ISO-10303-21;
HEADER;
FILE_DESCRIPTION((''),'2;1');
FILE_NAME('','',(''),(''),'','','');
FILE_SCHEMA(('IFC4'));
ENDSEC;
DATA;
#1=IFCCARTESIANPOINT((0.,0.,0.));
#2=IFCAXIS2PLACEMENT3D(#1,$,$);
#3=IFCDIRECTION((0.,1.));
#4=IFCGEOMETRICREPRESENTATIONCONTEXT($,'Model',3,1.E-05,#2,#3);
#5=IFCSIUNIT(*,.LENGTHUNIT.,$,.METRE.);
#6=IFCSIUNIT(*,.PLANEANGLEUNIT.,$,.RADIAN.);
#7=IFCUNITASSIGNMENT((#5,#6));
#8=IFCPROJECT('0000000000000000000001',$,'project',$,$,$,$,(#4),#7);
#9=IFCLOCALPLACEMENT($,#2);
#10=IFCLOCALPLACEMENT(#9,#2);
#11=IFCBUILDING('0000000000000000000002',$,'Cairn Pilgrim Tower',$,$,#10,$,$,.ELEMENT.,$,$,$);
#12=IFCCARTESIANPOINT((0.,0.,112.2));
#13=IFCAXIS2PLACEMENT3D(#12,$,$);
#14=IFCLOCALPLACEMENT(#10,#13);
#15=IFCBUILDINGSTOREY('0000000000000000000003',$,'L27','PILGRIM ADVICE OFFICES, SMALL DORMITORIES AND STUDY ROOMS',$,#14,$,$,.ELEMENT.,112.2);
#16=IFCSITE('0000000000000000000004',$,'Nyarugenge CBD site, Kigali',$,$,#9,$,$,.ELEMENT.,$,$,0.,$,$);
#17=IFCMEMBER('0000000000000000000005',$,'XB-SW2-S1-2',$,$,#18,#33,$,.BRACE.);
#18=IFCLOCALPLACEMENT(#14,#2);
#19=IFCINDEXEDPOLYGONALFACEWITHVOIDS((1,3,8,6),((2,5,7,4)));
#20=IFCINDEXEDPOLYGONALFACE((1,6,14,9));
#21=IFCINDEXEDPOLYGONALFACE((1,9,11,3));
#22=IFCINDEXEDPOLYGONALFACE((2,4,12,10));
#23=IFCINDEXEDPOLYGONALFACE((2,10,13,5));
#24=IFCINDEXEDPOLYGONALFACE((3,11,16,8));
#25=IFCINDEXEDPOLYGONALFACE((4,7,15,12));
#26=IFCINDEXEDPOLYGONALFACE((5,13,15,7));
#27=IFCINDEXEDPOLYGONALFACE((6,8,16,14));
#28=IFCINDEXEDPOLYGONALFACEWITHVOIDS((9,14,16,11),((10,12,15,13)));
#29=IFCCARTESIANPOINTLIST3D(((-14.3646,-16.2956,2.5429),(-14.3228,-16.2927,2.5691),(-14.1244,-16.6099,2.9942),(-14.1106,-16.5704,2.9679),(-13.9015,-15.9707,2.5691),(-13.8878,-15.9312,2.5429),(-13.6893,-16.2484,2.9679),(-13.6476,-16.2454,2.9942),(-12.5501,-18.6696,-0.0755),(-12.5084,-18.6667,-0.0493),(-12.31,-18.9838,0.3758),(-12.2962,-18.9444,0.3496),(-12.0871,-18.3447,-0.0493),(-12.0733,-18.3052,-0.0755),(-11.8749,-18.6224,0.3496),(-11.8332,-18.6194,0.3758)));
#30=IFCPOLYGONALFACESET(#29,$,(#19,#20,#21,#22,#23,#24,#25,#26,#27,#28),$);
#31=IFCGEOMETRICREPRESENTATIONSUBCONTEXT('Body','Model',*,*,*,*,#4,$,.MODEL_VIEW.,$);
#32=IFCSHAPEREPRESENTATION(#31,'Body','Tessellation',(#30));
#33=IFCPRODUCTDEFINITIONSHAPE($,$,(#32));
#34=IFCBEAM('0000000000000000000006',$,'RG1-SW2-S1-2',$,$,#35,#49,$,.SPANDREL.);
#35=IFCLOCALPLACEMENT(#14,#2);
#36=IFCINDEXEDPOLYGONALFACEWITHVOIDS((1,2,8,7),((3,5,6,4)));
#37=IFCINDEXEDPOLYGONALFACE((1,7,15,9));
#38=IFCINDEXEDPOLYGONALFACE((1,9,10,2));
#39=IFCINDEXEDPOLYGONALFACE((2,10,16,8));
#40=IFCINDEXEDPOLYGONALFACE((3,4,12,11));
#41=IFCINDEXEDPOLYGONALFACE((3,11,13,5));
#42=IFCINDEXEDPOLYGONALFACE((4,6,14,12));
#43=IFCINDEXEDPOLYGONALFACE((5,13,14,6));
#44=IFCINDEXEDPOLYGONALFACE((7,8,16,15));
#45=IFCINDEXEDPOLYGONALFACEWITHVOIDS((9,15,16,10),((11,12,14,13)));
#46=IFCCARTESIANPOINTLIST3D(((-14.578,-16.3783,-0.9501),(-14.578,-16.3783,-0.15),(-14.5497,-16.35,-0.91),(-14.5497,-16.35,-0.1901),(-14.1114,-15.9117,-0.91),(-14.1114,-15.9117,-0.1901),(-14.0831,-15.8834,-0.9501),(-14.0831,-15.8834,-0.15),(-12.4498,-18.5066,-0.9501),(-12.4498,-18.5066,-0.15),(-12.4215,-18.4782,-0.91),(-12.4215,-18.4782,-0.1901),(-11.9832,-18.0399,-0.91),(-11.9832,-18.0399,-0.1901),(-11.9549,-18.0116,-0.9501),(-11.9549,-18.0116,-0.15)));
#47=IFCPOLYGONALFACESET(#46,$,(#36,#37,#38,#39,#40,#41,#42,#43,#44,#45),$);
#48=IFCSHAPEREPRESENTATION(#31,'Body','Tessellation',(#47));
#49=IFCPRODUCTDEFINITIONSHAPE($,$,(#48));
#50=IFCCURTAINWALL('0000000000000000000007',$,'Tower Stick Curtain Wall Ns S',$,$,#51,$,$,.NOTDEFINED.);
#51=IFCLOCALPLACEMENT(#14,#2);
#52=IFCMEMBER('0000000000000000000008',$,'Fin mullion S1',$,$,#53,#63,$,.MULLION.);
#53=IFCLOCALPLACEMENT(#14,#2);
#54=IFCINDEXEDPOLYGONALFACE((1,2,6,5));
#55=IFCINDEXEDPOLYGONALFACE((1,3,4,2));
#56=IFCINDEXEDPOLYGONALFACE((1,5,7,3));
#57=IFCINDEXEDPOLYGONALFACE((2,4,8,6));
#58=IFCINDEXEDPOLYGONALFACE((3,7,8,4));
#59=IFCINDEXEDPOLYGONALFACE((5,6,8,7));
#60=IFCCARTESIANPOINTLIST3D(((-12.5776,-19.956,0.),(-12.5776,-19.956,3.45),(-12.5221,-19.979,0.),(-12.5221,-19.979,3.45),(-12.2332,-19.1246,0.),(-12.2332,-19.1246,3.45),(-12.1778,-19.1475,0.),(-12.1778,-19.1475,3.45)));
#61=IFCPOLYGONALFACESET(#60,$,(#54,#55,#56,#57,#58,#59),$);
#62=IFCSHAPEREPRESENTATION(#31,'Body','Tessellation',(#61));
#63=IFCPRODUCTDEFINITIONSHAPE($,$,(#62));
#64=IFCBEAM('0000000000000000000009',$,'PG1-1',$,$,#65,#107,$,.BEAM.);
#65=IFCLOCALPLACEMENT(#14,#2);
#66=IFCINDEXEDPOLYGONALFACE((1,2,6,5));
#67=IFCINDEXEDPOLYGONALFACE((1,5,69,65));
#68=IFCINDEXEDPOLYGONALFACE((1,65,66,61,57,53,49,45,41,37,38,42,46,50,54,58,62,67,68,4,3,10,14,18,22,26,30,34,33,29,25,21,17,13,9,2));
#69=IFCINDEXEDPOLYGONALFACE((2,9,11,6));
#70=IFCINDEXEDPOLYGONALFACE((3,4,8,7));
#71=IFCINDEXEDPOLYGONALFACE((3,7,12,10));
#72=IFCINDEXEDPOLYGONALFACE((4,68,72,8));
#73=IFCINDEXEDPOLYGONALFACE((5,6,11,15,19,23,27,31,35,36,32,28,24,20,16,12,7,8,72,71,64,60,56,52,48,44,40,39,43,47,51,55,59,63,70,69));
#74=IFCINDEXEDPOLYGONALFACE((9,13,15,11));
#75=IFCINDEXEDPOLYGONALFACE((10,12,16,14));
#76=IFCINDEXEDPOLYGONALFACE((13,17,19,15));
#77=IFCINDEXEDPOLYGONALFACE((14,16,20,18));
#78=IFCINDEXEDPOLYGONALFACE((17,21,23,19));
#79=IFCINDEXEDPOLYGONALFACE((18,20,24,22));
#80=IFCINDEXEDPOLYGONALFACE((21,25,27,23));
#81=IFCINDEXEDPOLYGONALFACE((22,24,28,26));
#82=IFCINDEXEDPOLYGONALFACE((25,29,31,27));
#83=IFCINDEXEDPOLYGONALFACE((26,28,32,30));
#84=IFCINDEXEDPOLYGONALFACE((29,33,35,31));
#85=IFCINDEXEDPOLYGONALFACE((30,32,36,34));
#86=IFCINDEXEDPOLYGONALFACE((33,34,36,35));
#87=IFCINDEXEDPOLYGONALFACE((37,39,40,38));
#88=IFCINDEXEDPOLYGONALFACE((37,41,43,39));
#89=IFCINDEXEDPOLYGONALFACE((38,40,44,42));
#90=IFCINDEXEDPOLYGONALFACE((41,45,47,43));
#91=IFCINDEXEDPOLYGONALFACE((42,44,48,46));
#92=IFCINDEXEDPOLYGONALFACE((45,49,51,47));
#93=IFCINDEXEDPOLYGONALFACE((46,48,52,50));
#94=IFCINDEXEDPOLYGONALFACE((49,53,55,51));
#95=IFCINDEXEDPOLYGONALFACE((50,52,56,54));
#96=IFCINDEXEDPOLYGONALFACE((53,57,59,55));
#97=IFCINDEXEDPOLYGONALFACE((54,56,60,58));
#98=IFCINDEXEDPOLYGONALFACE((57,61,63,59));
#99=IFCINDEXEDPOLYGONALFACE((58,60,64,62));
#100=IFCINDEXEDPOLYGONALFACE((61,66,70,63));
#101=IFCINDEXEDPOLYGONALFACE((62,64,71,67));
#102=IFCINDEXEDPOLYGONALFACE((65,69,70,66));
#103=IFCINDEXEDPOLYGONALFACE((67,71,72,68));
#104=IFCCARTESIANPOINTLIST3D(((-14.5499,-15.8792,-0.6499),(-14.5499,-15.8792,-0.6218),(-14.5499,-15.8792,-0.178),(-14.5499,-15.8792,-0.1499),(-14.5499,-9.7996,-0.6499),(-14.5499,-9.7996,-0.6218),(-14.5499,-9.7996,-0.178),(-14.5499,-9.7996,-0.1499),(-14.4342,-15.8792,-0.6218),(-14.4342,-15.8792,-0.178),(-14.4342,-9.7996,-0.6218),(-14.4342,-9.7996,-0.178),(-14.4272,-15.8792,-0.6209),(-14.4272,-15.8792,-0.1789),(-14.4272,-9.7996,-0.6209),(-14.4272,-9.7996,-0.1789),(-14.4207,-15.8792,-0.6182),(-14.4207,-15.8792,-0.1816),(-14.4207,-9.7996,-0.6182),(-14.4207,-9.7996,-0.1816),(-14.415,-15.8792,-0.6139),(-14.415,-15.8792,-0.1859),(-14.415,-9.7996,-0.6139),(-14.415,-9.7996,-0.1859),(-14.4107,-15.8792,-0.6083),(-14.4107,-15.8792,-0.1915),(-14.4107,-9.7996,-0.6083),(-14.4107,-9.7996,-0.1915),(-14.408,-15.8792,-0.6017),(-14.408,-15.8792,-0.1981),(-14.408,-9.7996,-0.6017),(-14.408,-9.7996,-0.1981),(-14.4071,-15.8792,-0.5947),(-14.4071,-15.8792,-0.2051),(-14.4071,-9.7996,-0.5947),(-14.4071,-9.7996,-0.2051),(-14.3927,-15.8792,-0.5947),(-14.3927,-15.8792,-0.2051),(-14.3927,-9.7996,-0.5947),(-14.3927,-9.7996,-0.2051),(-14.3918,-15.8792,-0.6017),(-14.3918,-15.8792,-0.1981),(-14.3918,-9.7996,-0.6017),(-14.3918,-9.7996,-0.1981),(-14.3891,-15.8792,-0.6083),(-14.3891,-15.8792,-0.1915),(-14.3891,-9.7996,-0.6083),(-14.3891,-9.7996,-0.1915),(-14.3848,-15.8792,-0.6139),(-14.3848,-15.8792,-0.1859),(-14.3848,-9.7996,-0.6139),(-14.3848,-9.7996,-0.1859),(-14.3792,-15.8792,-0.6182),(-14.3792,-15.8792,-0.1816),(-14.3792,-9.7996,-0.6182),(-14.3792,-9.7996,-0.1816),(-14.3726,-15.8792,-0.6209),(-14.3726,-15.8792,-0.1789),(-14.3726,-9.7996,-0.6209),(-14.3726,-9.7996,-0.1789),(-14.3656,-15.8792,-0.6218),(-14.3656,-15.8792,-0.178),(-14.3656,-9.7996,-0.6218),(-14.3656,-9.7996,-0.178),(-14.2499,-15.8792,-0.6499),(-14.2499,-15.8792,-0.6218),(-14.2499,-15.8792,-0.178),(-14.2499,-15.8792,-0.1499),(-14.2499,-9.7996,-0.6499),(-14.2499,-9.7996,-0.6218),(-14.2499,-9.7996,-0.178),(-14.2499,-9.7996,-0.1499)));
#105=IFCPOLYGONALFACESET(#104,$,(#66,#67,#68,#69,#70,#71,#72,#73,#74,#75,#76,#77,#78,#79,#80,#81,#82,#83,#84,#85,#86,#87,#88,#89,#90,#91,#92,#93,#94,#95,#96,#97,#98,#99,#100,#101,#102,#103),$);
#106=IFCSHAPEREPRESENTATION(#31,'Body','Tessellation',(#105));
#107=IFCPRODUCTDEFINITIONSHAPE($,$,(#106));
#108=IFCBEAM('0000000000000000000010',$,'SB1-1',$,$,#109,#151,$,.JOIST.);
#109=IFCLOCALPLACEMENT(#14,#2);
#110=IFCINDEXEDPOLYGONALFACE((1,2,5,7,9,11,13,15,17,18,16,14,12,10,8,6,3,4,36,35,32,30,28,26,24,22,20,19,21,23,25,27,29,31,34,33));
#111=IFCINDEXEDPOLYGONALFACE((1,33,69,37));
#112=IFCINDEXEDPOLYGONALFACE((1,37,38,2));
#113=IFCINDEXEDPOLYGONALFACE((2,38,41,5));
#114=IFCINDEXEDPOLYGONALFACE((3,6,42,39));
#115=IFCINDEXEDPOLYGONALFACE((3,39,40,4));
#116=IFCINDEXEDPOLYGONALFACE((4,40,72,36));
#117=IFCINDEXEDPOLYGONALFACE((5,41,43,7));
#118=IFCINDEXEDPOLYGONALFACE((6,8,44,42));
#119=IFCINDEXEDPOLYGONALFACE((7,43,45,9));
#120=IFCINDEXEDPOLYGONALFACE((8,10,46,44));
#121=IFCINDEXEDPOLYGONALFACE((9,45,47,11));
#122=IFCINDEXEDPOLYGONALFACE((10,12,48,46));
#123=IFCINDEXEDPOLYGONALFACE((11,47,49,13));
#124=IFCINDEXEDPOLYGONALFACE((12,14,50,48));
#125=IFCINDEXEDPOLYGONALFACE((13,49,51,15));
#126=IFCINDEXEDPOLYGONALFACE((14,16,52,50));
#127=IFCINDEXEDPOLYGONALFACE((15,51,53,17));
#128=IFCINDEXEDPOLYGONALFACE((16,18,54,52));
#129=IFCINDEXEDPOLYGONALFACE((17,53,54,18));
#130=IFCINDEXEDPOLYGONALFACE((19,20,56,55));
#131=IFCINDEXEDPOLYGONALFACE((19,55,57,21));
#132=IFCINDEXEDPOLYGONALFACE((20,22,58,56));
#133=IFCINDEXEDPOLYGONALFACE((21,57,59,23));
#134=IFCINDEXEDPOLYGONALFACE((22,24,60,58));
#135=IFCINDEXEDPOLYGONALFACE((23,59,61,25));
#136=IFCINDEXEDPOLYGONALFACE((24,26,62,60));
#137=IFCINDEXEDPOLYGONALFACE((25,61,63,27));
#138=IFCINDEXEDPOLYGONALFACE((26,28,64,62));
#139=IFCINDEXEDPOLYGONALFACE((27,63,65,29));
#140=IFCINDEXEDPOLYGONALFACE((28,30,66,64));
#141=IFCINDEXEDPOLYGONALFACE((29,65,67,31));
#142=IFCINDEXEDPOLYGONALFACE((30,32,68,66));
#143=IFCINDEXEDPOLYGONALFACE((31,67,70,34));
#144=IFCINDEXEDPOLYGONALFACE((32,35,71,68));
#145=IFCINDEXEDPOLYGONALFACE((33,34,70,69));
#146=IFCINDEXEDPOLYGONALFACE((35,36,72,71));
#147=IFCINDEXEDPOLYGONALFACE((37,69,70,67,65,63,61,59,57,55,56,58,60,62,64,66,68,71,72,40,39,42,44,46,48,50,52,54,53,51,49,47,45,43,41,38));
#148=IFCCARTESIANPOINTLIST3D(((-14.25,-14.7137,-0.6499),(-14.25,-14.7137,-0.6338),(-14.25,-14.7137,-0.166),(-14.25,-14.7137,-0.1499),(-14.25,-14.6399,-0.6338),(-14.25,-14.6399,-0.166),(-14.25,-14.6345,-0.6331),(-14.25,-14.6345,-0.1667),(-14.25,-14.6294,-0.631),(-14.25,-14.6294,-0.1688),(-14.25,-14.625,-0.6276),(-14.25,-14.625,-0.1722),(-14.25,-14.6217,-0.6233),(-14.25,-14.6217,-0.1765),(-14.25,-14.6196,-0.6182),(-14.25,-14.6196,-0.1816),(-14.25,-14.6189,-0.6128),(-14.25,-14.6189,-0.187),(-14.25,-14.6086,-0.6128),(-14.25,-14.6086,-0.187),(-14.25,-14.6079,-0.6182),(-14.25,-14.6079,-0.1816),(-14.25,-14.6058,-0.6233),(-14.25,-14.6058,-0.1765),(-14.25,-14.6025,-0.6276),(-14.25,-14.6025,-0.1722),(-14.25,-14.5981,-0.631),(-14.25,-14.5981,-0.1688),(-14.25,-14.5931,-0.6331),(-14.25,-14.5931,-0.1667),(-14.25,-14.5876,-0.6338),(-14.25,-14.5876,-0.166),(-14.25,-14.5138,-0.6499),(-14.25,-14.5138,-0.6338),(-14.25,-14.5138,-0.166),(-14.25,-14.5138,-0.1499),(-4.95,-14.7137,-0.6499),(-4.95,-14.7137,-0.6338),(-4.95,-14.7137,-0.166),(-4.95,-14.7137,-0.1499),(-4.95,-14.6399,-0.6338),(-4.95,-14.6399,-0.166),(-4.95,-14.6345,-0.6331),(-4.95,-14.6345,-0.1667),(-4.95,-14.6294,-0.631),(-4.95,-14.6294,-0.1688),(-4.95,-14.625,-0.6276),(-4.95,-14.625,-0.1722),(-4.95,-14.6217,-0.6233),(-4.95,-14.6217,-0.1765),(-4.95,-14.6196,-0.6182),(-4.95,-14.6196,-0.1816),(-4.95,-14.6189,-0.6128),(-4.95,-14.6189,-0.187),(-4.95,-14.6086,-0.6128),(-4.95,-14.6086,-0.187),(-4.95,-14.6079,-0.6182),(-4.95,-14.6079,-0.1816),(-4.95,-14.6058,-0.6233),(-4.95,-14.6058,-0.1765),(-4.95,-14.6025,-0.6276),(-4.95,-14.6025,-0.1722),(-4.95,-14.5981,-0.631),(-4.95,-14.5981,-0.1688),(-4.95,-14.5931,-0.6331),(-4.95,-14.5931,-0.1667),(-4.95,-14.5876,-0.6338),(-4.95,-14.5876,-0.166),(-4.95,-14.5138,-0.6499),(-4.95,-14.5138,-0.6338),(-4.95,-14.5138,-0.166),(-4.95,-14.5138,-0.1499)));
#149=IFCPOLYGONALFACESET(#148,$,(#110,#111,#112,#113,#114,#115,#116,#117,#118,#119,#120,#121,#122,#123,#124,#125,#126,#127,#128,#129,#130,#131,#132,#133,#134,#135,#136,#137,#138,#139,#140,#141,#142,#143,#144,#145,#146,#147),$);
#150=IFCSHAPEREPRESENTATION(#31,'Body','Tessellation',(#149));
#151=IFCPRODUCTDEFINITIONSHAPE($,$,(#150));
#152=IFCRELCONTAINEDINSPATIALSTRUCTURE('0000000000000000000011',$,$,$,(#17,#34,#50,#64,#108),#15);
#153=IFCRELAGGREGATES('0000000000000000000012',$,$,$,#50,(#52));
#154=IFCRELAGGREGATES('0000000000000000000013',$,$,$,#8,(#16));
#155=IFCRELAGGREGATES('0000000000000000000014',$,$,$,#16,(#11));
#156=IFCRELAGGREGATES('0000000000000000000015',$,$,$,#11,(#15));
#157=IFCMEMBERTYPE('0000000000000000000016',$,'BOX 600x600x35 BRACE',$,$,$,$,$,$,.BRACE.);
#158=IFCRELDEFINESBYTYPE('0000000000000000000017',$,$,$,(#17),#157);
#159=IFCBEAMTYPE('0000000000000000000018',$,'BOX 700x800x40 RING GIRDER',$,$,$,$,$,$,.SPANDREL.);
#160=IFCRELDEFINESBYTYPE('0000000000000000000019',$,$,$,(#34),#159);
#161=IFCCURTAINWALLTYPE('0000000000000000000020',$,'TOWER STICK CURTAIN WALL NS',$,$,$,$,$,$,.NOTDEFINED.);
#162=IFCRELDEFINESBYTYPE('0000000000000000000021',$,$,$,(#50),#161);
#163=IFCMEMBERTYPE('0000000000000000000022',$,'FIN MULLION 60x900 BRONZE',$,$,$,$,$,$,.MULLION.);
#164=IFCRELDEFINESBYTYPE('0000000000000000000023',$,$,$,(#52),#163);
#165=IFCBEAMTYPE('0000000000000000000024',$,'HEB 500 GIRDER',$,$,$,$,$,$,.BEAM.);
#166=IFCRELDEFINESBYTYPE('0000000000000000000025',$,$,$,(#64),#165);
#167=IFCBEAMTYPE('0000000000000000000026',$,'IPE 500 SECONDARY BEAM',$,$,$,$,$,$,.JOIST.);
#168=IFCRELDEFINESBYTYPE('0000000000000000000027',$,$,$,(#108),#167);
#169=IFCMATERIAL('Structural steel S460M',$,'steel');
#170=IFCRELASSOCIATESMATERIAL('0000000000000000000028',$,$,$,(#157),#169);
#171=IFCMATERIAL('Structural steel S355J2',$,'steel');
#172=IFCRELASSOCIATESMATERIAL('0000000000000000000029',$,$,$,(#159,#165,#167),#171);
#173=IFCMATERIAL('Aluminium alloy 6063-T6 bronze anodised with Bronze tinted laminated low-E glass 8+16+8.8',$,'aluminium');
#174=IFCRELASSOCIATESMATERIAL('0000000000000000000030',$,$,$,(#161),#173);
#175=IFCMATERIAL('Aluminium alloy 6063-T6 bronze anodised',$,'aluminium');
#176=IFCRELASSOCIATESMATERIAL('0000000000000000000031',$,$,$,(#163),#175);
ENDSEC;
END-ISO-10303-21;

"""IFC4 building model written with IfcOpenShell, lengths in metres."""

from ifc_helpers import new_model, si_unit, direction, frame, origin, origin_2d, place, context, subcontext, project, spatial, rectangle, hollow_rectangle, i_section, extrude, material, material_profile, profile_set, type_object, element, aggregate, save


model = new_model("IFC4")

# Units and contexts
model_context = context("Model", 3, precision=1e-05, world=origin(), true_north=direction((0.0, 1.0)))
body_context = subcontext(model_context, "Body", "Model", "MODEL_VIEW")
ifc_project = project(units=[si_unit("LENGTHUNIT", "METRE"), si_unit("PLANEANGLEUNIT", "RADIAN")], contexts=[model_context])

# Site, building, storey
site_placement = place(None, origin())
site = spatial("IfcSite", under=ifc_project, at=site_placement, Name="Nyarugenge CBD site, Kigali", CompositionType="ELEMENT", RefElevation=0.0)
building_placement = place(site_placement, origin())
building = spatial("IfcBuilding", under=site, at=building_placement, Name="Cairn Pilgrim Tower", CompositionType="ELEMENT")
storey_placement = place(building_placement, frame((0.0, 0.0, 112.2)))
storey = spatial("IfcBuildingStorey", under=building, at=storey_placement, Name="L27", Description="PILGRIM ADVICE OFFICES, SMALL DORMITORIES AND STUDY ROOMS", CompositionType="ELEMENT", Elevation=112.2)

# Member
ifc_material_1 = material(Name="Structural steel S460M", Category="steel")
ifc_material_profile_1 = material_profile(ifc_material_1, hollow_rectangle(XDim=0.6001, YDim=0.6001, WallThickness=0.0349, at=origin_2d()), Name="BOX 600x600x35")
ifc_profile_set_1 = profile_set([ifc_material_profile_1], Name="Structural steel S460M")
member_type_1 = type_object("IfcMemberType", Name="BOX 600x600x35 BRACE", PredefinedType="BRACE", material=ifc_profile_set_1)
member_1_placement = place(storey_placement, frame((-12.1917, -18.6445, 0.1501), z_axis=(-0.456702, 0.597548, 0.65906), x_axis=(-0.794516, -0.607244, 0.0)))
element("IfcMember", 1, at=member_1_placement, inside=storey, type_object=member_type_1, Name="XB-SW2-S1-2", PredefinedType="BRACE", context=body_context, shape_type="SweptSolid", body=[
    extrude(hollow_rectangle(XDim=0.6001, YDim=0.6001, WallThickness=0.0349, at=origin_2d()), origin(), (0.0, 0.0, 1.0), 3.9729),
])

# Beam
ifc_material_2 = material(Name="Structural steel S355J2", Category="steel")
ifc_material_profile_2 = material_profile(ifc_material_2, hollow_rectangle(XDim=0.7, YDim=0.8, WallThickness=0.04, at=origin_2d()), Name="BOX 700x800x40")
ifc_profile_set_2 = profile_set([ifc_material_profile_2], Name="Structural steel S355J2")
beam_type_1 = type_object("IfcBeamType", Name="BOX 700x800x40 RING GIRDER", PredefinedType="SPANDREL", material=ifc_profile_set_2)
beam_1_placement = place(storey_placement, frame((-14.3306, -16.1309, -0.55), z_axis=(0.707107, -0.707107, 0.0), x_axis=(0.707107, 0.707107, 0.0)))
element("IfcBeam", 2, at=beam_1_placement, inside=storey, type_object=beam_type_1, Name="RG1-SW2-S1-2", PredefinedType="SPANDREL", context=body_context, shape_type="SweptSolid", body=[
    extrude(hollow_rectangle(XDim=0.7, YDim=0.8, WallThickness=0.04, at=origin_2d()), origin(), (0.0, 0.0, 1.0), 3.0098),
])

# Curtain wall, member
ifc_material_3 = material(Name="Aluminium alloy 6063-T6 bronze anodised with Bronze tinted laminated low-E glass 8+16+8.8", Category="aluminium")
curtain_wall_type_1 = type_object("IfcCurtainWallType", Name="TOWER STICK CURTAIN WALL NS", PredefinedType="NOTDEFINED", material=ifc_material_3)
curtain_wall_1_placement = place(storey_placement, origin())
curtain_wall_1 = element("IfcCurtainWall", 3, at=curtain_wall_1_placement, inside=storey, type_object=curtain_wall_type_1, Name="Tower Stick Curtain Wall Ns S", PredefinedType="NOTDEFINED")
ifc_material_4 = material(Name="Aluminium alloy 6063-T6 bronze anodised", Category="aluminium")
ifc_material_profile_3 = material_profile(ifc_material_4, rectangle(XDim=0.8999, YDim=0.0601, at=origin_2d()), Name="FIN MULLION 60x900 BRONZE")
ifc_profile_set_3 = profile_set([ifc_material_profile_3], Name="Aluminium alloy 6063-T6 bronze anodised")
member_type_2 = type_object("IfcMemberType", Name="FIN MULLION 60x900 BRONZE", PredefinedType="MULLION", material=ifc_profile_set_3)
member_2_placement = place(storey_placement, frame((-12.3777, -19.5518, 0.0), z_axis=(0.0, 0.0, 1.0), x_axis=(-0.382683, -0.92388, 0.0)))
member_2 = element("IfcMember", 4, at=member_2_placement, type_object=member_type_2, Name="Fin mullion S1", PredefinedType="MULLION", context=body_context, shape_type="SweptSolid", body=[
    extrude(rectangle(XDim=0.8999, YDim=0.0601, at=origin_2d()), origin(), (0.0, 0.0, 1.0), 3.45),
])
aggregate(curtain_wall_1, [member_2])

# Beams
ifc_material_profile_4 = material_profile(ifc_material_2, i_section(OverallWidth=0.3, OverallDepth=0.5, WebThickness=0.0144, FlangeThickness=0.0281, FilletRadius=0.0271, at=origin_2d()), Name="HEB 500")
ifc_profile_set_4 = profile_set([ifc_material_profile_4], Name="Structural steel S355J2")
beam_type_2 = type_object("IfcBeamType", Name="HEB 500 GIRDER", PredefinedType="BEAM", material=ifc_profile_set_4)
beam_2_placement = place(storey_placement, frame((-14.3999, -15.8792, -0.3999), z_axis=(0.0, 1.0, 0.0), x_axis=(-1.0, 0.0, 0.0)))
element("IfcBeam", 5, at=beam_2_placement, inside=storey, type_object=beam_type_2, Name="PG1-1", PredefinedType="BEAM", context=body_context, shape_type="SweptSolid", body=[
    extrude(i_section(OverallWidth=0.3, OverallDepth=0.5, WebThickness=0.0144, FlangeThickness=0.0281, FilletRadius=0.0271, at=origin_2d()), origin(), (0.0, 0.0, 1.0), 6.0796),
])
ifc_material_profile_5 = material_profile(ifc_material_2, i_section(OverallWidth=0.2, OverallDepth=0.5, WebThickness=0.0103, FlangeThickness=0.0161, FilletRadius=0.021, at=origin_2d()), Name="IPE 500")
ifc_profile_set_5 = profile_set([ifc_material_profile_5], Name="Structural steel S355J2")
beam_type_3 = type_object("IfcBeamType", Name="IPE 500 SECONDARY BEAM", PredefinedType="JOIST", material=ifc_profile_set_5)
for number, where, z_axis, x_axis, name in (
    (6, (-14.25, -14.6138, -0.3999), (1.0, 0.0, 0.0), (0.0, 1.0, 0.0), "SB1-1"),
):
    element("IfcBeam", number, at=place(storey_placement, frame(where, z_axis=z_axis, x_axis=x_axis)), inside=storey, type_object=beam_type_3, Name=name, PredefinedType="JOIST", context=body_context, shape_type="SweptSolid", body=[
        extrude(i_section(OverallWidth=0.2, OverallDepth=0.5, WebThickness=0.0103, FlangeThickness=0.0161, FilletRadius=0.021, at=origin_2d()), origin(), (0.0, 0.0, 1.0), 9.3),
    ])

save(model, "model.ifc")
